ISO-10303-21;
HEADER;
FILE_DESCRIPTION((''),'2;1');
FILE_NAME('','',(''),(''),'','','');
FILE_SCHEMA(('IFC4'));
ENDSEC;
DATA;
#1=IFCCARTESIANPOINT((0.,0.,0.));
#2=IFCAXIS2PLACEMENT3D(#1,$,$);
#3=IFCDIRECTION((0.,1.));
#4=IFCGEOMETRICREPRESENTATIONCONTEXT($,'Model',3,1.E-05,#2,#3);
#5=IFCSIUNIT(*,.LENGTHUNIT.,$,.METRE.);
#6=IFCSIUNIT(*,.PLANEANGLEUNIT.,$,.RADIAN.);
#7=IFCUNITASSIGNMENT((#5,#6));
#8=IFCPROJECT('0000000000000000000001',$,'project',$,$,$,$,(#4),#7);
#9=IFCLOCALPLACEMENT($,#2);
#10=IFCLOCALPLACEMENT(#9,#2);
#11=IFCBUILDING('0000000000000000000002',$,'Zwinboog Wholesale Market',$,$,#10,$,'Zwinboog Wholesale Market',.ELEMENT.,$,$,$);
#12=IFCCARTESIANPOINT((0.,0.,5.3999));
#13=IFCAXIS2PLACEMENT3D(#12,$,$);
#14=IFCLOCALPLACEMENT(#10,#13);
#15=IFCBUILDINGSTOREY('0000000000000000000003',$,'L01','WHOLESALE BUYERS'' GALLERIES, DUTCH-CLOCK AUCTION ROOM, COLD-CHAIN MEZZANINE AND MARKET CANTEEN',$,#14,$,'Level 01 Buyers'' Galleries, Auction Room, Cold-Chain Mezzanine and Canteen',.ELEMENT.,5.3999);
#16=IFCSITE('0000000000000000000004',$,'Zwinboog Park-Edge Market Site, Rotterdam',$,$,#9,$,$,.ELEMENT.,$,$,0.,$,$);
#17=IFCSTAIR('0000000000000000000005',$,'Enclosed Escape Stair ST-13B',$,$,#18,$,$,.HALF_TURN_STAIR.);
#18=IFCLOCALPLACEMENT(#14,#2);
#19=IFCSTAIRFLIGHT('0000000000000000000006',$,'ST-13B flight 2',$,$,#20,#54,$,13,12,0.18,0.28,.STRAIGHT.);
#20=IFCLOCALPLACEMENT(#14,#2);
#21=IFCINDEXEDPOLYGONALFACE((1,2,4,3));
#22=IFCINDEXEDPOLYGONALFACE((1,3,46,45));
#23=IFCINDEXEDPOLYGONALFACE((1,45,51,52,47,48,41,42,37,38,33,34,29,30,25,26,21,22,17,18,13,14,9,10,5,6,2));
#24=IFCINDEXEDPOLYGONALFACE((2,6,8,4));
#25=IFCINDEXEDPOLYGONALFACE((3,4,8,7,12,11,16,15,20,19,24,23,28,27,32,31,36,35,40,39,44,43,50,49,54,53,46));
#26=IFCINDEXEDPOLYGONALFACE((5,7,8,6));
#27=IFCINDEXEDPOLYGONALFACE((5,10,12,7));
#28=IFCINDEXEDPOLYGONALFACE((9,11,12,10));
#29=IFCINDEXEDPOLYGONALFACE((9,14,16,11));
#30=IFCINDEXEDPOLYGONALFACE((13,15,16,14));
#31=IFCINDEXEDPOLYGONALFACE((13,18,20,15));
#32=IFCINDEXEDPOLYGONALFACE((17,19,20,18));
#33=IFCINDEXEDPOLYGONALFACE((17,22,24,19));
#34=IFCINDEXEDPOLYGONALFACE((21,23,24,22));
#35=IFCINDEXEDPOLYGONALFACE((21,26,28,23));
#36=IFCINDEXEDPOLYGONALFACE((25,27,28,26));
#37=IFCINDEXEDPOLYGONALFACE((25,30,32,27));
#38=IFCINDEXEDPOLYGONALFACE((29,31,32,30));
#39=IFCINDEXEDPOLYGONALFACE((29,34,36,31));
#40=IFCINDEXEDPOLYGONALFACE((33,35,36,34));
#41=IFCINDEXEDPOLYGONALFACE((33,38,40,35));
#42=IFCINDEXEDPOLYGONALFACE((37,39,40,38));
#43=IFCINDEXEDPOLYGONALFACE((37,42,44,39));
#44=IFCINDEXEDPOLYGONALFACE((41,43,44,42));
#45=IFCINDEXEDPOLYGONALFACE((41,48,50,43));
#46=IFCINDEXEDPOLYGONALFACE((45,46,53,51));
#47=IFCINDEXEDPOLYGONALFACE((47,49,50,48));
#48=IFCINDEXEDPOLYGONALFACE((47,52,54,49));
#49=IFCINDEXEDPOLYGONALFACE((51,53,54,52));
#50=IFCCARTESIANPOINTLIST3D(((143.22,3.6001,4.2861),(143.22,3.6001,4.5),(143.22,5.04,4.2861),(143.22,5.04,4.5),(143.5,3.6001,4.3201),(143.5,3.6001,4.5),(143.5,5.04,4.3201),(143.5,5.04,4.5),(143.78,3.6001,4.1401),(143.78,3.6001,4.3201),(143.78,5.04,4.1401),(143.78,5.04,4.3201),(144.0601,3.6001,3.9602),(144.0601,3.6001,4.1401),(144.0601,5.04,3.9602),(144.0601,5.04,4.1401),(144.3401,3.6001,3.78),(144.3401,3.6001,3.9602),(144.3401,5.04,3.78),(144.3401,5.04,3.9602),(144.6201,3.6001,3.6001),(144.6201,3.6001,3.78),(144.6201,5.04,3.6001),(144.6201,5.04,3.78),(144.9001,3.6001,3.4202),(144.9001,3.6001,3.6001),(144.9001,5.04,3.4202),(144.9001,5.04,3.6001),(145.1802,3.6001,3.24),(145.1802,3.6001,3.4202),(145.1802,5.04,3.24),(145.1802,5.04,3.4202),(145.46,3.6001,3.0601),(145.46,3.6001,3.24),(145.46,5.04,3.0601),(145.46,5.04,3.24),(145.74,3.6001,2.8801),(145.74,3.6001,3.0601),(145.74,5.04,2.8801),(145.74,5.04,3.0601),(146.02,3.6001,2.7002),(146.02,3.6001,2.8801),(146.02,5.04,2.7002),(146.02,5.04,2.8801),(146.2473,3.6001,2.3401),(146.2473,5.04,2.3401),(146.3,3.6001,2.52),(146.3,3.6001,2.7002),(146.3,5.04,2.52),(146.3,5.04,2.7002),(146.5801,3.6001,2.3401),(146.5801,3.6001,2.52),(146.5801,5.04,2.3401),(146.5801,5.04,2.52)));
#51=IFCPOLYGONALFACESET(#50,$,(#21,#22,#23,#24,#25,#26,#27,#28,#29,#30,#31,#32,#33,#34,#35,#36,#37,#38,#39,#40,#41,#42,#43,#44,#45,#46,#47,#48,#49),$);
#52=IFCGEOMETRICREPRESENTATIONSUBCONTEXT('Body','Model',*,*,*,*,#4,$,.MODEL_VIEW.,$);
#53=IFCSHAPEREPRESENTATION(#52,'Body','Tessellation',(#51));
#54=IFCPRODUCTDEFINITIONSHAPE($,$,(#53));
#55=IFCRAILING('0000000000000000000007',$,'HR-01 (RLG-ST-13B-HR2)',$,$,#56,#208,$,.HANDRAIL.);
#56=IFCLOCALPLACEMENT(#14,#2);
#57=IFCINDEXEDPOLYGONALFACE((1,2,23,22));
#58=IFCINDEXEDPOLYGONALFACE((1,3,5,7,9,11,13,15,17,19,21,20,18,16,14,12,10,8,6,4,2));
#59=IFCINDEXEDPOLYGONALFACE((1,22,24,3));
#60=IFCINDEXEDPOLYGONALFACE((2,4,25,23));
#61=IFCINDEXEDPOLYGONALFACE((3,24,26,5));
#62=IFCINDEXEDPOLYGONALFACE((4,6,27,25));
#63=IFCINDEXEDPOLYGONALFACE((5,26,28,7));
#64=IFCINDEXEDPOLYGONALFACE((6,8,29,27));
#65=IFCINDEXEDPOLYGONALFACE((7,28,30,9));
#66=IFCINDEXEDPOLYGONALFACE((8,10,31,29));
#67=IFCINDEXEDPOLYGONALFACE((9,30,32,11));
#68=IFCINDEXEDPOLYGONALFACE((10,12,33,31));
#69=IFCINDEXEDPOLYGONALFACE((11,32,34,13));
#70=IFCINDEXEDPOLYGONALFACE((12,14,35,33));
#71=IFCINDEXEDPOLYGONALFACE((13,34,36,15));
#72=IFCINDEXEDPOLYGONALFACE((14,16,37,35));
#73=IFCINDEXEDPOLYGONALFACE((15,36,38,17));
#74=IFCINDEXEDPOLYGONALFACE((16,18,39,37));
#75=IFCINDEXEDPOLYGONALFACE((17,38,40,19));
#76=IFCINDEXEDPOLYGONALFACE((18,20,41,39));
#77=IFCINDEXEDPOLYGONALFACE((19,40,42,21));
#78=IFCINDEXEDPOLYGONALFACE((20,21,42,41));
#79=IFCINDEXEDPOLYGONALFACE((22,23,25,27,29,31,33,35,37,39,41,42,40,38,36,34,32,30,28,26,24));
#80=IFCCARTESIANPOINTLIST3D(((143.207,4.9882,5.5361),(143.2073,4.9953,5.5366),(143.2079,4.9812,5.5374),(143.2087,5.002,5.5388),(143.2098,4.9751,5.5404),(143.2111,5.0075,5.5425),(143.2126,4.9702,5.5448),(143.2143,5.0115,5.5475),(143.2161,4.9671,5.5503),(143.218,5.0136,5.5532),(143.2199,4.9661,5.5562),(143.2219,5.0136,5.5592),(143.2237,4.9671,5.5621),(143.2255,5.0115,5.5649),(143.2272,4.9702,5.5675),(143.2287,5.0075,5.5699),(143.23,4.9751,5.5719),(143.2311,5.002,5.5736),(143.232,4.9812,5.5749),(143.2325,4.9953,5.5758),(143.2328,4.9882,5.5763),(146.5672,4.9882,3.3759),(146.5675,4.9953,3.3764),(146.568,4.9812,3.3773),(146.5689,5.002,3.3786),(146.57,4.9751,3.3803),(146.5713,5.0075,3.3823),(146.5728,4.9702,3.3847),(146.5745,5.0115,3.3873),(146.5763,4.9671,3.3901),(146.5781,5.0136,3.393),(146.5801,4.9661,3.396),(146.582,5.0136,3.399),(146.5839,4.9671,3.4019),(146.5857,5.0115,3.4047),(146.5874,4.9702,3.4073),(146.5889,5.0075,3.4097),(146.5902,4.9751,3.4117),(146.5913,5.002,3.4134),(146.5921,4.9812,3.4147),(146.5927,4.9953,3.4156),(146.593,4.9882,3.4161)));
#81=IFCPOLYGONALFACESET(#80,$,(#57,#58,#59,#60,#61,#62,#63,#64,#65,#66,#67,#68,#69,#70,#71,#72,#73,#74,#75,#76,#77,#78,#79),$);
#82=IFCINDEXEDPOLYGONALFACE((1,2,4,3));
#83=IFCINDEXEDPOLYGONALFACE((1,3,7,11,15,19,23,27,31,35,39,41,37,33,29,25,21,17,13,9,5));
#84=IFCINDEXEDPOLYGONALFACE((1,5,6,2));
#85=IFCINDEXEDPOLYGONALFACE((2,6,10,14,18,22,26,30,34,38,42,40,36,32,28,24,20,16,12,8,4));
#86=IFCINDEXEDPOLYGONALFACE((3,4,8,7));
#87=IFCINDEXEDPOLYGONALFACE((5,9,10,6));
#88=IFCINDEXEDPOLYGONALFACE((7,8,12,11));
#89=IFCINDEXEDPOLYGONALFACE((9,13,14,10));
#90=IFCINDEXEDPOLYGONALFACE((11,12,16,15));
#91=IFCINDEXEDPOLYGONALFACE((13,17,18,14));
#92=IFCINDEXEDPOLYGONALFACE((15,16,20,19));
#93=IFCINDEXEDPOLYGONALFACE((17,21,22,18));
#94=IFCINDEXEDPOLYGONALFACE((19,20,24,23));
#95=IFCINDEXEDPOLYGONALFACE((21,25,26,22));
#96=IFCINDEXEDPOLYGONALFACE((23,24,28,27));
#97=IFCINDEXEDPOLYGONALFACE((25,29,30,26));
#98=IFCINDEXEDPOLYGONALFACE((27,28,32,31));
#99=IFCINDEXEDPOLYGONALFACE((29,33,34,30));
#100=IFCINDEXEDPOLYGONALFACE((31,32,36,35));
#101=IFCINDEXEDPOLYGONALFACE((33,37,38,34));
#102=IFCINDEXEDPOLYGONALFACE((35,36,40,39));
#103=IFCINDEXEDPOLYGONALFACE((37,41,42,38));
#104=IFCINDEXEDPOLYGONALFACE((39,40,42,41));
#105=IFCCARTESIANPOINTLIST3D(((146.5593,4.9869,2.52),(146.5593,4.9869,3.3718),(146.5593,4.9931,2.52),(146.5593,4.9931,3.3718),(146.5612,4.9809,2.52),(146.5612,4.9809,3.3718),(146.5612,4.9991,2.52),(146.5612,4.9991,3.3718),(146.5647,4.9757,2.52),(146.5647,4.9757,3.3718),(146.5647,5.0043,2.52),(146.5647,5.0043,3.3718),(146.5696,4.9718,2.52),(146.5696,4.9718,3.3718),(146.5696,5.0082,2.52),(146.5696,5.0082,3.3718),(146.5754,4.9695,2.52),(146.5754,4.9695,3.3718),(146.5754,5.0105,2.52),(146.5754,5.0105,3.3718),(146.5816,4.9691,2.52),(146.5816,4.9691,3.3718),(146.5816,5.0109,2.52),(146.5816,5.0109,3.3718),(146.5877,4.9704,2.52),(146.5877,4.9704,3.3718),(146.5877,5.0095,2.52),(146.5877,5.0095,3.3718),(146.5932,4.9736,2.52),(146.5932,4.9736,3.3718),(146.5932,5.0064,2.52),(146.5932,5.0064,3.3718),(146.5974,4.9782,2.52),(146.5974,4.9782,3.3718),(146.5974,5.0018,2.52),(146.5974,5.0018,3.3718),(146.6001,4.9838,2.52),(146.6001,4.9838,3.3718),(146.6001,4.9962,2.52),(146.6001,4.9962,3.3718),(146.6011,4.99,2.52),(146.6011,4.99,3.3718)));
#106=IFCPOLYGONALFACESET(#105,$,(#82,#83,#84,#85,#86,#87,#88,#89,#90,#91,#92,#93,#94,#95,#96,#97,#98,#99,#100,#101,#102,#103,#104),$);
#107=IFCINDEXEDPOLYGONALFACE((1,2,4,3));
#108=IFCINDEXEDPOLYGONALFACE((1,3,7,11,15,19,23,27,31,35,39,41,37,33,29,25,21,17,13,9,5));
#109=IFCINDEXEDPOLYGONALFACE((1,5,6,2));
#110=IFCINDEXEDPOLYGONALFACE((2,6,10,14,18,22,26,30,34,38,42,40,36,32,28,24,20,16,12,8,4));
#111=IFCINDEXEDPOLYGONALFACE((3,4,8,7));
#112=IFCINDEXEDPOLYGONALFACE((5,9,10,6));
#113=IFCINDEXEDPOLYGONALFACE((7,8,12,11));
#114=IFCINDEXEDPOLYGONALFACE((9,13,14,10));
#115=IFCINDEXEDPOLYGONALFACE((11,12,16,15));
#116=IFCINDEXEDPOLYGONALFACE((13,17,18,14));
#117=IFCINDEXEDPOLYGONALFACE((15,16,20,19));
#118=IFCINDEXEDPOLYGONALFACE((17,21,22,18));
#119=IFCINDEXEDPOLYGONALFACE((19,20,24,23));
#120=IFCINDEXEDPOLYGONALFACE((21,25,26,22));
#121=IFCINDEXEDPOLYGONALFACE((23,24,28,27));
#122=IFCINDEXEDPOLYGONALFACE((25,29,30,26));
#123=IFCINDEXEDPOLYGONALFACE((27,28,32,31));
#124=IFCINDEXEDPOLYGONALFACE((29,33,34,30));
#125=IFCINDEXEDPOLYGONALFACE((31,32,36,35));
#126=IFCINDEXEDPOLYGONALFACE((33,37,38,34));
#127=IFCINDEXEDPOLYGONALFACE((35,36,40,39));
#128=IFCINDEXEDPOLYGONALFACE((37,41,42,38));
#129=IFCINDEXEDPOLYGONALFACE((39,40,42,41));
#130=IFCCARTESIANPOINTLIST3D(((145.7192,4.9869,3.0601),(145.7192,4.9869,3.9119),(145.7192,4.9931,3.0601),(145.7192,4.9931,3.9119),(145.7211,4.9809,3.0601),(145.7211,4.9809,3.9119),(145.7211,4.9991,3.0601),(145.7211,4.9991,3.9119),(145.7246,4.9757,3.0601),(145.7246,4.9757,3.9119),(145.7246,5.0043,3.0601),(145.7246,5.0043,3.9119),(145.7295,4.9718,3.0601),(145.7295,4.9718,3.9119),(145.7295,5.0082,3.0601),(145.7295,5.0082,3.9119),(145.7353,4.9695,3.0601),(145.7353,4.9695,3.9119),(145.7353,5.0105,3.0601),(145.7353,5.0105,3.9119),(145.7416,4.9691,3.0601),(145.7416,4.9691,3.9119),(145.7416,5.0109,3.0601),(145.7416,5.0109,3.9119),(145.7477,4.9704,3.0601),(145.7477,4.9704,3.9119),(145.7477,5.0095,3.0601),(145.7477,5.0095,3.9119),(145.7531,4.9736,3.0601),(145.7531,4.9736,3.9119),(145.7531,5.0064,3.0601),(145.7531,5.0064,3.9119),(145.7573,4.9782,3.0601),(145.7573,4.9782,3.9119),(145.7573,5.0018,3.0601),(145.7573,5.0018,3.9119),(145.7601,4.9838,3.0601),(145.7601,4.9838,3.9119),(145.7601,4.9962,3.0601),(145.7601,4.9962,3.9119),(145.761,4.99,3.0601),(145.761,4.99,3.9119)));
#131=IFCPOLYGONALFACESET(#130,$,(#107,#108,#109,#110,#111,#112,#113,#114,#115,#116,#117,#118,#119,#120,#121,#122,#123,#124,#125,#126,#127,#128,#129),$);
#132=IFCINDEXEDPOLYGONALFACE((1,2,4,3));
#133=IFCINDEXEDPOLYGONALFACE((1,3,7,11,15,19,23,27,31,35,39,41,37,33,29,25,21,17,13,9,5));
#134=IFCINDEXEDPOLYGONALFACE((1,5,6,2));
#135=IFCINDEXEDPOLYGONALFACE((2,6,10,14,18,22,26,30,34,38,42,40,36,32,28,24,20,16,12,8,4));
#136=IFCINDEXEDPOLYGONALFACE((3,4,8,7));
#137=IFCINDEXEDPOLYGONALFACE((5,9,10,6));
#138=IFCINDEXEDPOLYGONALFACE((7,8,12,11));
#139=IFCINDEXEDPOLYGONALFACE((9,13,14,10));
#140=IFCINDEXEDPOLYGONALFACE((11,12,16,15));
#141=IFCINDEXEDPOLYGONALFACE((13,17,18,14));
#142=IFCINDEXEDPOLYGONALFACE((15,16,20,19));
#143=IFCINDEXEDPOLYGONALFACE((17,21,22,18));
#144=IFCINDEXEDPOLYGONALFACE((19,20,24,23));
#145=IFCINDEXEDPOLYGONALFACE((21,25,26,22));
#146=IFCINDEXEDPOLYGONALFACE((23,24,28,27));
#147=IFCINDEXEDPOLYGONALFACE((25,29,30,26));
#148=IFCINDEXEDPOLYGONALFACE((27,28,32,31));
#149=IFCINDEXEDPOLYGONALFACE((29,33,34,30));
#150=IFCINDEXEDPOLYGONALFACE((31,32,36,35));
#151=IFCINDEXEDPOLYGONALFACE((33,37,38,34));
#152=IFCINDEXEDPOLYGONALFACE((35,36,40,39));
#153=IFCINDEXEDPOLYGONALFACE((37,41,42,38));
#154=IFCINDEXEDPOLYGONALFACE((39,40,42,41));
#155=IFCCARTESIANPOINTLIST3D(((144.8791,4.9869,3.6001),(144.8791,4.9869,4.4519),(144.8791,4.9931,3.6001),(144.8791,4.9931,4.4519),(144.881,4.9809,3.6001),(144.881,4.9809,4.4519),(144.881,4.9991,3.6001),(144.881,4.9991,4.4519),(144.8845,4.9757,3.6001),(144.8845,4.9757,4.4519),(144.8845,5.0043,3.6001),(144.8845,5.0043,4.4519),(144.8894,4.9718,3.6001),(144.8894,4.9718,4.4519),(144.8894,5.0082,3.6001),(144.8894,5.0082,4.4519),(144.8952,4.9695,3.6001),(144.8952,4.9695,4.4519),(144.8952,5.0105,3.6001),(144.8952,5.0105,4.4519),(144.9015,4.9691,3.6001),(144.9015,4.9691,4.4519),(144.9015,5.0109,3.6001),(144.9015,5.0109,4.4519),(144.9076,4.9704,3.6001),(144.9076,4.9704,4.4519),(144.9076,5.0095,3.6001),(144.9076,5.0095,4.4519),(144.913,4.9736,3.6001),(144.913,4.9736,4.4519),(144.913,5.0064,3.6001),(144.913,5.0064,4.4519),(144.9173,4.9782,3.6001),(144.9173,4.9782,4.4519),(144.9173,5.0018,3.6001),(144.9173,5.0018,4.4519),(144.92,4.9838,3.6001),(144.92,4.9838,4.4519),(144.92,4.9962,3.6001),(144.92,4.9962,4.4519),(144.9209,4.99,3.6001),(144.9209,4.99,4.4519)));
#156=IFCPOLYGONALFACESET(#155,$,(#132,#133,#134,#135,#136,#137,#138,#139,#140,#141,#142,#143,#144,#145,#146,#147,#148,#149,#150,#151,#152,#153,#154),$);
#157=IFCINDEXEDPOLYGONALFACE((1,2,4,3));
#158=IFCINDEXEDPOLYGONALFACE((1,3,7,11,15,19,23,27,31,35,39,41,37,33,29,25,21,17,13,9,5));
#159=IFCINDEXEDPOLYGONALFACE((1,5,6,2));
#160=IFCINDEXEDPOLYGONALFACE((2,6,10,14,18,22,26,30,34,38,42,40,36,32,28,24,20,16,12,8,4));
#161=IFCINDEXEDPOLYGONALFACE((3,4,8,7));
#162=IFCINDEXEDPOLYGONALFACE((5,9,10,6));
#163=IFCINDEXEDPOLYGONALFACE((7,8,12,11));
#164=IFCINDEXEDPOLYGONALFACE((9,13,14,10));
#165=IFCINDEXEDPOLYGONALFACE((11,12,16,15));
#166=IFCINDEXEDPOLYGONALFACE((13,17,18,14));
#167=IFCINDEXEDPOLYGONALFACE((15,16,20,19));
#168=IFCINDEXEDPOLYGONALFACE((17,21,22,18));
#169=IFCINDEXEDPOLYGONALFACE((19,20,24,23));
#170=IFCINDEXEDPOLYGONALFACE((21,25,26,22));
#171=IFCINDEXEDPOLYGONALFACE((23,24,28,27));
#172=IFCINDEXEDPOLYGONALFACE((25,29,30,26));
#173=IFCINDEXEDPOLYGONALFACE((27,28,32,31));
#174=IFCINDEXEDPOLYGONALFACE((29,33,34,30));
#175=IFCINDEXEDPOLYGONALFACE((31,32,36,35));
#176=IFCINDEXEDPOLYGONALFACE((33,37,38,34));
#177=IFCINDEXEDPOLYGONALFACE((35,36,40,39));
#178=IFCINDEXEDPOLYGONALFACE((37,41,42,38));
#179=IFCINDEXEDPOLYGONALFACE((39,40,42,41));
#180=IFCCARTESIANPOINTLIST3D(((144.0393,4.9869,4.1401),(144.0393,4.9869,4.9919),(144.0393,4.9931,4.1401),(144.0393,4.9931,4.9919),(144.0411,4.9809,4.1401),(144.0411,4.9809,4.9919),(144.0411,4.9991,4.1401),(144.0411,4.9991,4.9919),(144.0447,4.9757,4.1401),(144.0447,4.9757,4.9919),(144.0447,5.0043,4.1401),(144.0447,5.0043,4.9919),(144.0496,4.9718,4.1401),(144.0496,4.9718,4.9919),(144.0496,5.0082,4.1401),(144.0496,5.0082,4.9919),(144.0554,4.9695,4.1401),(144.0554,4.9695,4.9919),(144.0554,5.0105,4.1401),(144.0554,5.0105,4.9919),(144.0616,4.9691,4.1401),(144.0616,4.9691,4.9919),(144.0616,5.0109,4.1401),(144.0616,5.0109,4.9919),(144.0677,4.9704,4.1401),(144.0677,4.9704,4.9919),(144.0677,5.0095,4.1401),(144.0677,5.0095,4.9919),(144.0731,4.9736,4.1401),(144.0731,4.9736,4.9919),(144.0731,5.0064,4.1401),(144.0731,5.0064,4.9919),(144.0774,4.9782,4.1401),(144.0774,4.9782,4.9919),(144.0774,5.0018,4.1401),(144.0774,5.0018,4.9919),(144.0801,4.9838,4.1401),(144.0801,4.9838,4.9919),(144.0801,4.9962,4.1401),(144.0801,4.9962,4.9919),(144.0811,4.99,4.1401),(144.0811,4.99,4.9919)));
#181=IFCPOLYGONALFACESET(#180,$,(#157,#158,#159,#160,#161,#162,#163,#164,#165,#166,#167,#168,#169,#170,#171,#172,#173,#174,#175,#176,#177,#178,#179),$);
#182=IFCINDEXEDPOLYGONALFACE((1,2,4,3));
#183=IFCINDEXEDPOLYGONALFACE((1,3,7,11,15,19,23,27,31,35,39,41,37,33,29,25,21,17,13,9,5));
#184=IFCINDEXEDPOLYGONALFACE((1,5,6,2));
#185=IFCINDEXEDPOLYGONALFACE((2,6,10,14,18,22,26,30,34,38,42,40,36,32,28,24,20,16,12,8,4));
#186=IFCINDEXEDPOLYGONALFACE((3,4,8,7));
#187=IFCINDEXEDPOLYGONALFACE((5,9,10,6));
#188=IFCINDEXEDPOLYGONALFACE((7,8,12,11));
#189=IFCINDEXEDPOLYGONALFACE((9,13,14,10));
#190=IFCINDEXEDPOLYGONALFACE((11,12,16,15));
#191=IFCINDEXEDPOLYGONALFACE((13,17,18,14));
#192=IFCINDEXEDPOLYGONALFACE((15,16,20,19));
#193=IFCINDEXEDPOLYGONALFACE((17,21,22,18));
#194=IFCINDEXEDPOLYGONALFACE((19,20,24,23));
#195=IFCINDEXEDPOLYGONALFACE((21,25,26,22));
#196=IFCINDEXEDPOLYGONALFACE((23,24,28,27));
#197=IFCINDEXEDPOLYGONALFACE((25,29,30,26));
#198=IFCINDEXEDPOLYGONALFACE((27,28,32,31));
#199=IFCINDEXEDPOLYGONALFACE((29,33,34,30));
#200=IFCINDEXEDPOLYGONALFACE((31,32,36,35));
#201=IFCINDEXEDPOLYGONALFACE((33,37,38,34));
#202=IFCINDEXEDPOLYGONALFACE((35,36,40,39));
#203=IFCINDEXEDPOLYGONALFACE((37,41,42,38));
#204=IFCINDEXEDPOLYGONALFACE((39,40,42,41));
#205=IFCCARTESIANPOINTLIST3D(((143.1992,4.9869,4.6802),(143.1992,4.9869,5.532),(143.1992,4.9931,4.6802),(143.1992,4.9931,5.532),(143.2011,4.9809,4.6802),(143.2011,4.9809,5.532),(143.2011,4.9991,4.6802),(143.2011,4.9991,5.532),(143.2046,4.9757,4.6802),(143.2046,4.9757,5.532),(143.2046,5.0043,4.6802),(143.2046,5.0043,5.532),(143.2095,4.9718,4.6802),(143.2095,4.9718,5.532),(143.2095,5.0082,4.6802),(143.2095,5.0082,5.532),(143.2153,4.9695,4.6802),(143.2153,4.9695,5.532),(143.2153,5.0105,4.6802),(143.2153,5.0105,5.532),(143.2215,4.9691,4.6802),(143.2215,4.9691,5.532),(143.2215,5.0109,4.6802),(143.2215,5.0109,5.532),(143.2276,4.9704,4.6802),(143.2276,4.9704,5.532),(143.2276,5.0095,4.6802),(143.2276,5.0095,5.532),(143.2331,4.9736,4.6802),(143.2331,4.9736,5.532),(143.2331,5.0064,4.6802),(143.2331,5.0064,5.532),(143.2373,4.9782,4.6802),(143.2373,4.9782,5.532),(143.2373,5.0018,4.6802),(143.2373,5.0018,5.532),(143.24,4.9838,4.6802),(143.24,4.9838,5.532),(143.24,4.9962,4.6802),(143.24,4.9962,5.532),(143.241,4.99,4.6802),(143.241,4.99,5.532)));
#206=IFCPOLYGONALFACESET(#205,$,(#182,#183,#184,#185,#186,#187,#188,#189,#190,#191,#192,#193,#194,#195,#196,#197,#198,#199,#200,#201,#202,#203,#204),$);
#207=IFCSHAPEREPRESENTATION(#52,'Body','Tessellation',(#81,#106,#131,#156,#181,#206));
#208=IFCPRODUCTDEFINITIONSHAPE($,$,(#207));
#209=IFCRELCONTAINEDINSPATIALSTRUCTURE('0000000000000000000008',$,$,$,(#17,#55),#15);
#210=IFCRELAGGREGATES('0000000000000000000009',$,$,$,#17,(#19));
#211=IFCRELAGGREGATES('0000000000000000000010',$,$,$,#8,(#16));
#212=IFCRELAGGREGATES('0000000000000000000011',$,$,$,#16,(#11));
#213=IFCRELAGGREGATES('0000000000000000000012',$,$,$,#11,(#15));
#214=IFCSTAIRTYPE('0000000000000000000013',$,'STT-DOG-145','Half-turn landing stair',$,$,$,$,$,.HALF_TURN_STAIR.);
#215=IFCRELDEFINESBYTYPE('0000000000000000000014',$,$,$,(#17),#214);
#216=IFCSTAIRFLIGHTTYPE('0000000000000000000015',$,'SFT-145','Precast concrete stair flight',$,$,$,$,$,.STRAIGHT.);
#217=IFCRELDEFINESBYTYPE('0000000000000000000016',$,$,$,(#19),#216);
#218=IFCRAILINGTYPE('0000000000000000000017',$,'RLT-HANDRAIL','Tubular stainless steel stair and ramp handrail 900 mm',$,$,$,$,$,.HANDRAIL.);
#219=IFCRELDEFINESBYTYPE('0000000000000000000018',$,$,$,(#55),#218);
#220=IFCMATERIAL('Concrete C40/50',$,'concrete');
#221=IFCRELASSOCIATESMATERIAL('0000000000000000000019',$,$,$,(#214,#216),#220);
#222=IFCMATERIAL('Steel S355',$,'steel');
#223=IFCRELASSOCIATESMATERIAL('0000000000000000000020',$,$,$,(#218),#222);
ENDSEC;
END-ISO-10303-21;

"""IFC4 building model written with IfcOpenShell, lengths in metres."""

from ifc_helpers import new_model, si_unit, direction, frame, origin, origin_2d, place, context, subcontext, project, spatial, polyline, circle, outline, extrude, material, type_object, element, aggregate, save


model = new_model("IFC4")

# Units and contexts
model_context = context("Model", 3, precision=1e-05, world=origin(), true_north=direction((0.0, 1.0)))
body_context = subcontext(model_context, "Body", "Model", "MODEL_VIEW")
ifc_project = project(units=[si_unit("LENGTHUNIT", "METRE"), si_unit("PLANEANGLEUNIT", "RADIAN")], contexts=[model_context])

# Site, building, storey
site_placement = place(None, origin())
site = spatial("IfcSite", under=ifc_project, at=site_placement, Name="Zwinboog Park-Edge Market Site, Rotterdam", CompositionType="ELEMENT", RefElevation=0.0)
building_placement = place(site_placement, origin())
building = spatial("IfcBuilding", under=site, at=building_placement, Name="Zwinboog Wholesale Market", LongName="Zwinboog Wholesale Market", CompositionType="ELEMENT")
storey_placement = place(building_placement, frame((0.0, 0.0, 5.3999)))
storey = spatial("IfcBuildingStorey", under=building, at=storey_placement, Name="L01", Description="WHOLESALE BUYERS' GALLERIES, DUTCH-CLOCK AUCTION ROOM, COLD-CHAIN MEZZANINE AND MARKET CANTEEN", LongName="Level 01 Buyers' Galleries, Auction Room, Cold-Chain Mezzanine and Canteen", CompositionType="ELEMENT", Elevation=5.3999)

# Shared definitions
ifc_material_1 = material(Name="Steel S355", Category="steel")

# Shared definitions
ifc_material_2 = material(Name="Concrete C40/50", Category="concrete")

# Stair, stair flight
stair_type = type_object("IfcStairType", Name="STT-DOG-145", Description="Half-turn landing stair", PredefinedType="HALF_TURN_STAIR", material=ifc_material_2)
stair_placement = place(storey_placement, origin())
stair = element("IfcStair", 1, at=stair_placement, inside=storey, type_object=stair_type, Name="Enclosed Escape Stair ST-13B", PredefinedType="HALF_TURN_STAIR")
stair_flight_type = type_object("IfcStairFlightType", Name="SFT-145", Description="Precast concrete stair flight", PredefinedType="STRAIGHT", material=ifc_material_2)
stair_flight_placement = place(storey_placement, frame((146.5801, 4.3201, 2.3401), z_axis=(0.0, 0.0, 1.0), x_axis=(-1.0, 0.0, 0.0)))
stair_flight = element("IfcStairFlight", 2, at=stair_flight_placement, type_object=stair_flight_type, Name="ST-13B flight 2", NumberOfRisers=13, NumberOfTreads=12, PredefinedType="STRAIGHT", RiserHeight=0.18, TreadLength=0.28, context=body_context, shape_type="SweptSolid", body=[
    extrude(outline(polyline([(0.0, 0.0), (0.0, 0.1799), (0.28, 0.1799), (0.28, 0.3601), (0.5601, 0.3601), (0.5601, 0.54), (0.8401, 0.54), (0.8401, 0.72), (1.1201, 0.72), (1.1201, 0.8999), (1.3999, 0.8999), (1.3999, 1.0801), (1.6799, 1.0801), (1.6799, 1.26), (1.96, 1.26), (1.96, 1.4399), (2.24, 1.4399), (2.24, 1.6201), (2.52, 1.6201), (2.52, 1.8), (2.8, 1.8), (2.8, 1.98), (3.0801, 1.98), (3.0801, 2.1599), (3.3601, 2.1599), (3.3601, 2.3401), (3.3601, 1.946), (0.3328, 0.0), (0.0, 0.0)])), frame((0.0, 0.72, 0.0), z_axis=(0.0, -1.0, 0.0), x_axis=(1.0, 0.0, 0.0)), (0.0, 0.0, 1.0), 1.4399),
])
aggregate(stair, [stair_flight])

# Railing
railing_type = type_object("IfcRailingType", Name="RLT-HANDRAIL", Description="Tubular stainless steel stair and ramp handrail 900 mm", PredefinedType="HANDRAIL", material=ifc_material_1)
railing_placement = place(storey_placement, frame((146.5801, 4.99, 2.52)))
element("IfcRailing", 3, at=railing_placement, inside=storey, type_object=railing_type, Name="HR-01 (RLG-ST-13B-HR2)", PredefinedType="HANDRAIL", context=body_context, shape_type="SweptSolid", body=[
    extrude(circle(Radius=0.0239, at=origin_2d()), frame((0.0, 0.0, 0.876), z_axis=(-0.841169, 0.0, 0.540773), x_axis=(0.0, -1.0, 0.0)), (0.0, 0.0, 1.0), 3.9946),
    extrude(circle(Radius=0.021, at=origin_2d()), origin(), (0.0, 0.0, 1.0), 0.8518),
    extrude(circle(Radius=0.021, at=origin_2d()), frame((-0.8401, 0.0, 0.54)), (0.0, 0.0, 1.0), 0.8518),
    extrude(circle(Radius=0.021, at=origin_2d()), frame((-1.6802, 0.0, 1.0801)), (0.0, 0.0, 1.0), 0.8518),
    extrude(circle(Radius=0.021, at=origin_2d()), frame((-2.52, 0.0, 1.6201)), (0.0, 0.0, 1.0), 0.8518),
    extrude(circle(Radius=0.021, at=origin_2d()), frame((-3.3601, 0.0, 2.1602)), (0.0, 0.0, 1.0), 0.8518),
])

save(model, "model.ifc")
